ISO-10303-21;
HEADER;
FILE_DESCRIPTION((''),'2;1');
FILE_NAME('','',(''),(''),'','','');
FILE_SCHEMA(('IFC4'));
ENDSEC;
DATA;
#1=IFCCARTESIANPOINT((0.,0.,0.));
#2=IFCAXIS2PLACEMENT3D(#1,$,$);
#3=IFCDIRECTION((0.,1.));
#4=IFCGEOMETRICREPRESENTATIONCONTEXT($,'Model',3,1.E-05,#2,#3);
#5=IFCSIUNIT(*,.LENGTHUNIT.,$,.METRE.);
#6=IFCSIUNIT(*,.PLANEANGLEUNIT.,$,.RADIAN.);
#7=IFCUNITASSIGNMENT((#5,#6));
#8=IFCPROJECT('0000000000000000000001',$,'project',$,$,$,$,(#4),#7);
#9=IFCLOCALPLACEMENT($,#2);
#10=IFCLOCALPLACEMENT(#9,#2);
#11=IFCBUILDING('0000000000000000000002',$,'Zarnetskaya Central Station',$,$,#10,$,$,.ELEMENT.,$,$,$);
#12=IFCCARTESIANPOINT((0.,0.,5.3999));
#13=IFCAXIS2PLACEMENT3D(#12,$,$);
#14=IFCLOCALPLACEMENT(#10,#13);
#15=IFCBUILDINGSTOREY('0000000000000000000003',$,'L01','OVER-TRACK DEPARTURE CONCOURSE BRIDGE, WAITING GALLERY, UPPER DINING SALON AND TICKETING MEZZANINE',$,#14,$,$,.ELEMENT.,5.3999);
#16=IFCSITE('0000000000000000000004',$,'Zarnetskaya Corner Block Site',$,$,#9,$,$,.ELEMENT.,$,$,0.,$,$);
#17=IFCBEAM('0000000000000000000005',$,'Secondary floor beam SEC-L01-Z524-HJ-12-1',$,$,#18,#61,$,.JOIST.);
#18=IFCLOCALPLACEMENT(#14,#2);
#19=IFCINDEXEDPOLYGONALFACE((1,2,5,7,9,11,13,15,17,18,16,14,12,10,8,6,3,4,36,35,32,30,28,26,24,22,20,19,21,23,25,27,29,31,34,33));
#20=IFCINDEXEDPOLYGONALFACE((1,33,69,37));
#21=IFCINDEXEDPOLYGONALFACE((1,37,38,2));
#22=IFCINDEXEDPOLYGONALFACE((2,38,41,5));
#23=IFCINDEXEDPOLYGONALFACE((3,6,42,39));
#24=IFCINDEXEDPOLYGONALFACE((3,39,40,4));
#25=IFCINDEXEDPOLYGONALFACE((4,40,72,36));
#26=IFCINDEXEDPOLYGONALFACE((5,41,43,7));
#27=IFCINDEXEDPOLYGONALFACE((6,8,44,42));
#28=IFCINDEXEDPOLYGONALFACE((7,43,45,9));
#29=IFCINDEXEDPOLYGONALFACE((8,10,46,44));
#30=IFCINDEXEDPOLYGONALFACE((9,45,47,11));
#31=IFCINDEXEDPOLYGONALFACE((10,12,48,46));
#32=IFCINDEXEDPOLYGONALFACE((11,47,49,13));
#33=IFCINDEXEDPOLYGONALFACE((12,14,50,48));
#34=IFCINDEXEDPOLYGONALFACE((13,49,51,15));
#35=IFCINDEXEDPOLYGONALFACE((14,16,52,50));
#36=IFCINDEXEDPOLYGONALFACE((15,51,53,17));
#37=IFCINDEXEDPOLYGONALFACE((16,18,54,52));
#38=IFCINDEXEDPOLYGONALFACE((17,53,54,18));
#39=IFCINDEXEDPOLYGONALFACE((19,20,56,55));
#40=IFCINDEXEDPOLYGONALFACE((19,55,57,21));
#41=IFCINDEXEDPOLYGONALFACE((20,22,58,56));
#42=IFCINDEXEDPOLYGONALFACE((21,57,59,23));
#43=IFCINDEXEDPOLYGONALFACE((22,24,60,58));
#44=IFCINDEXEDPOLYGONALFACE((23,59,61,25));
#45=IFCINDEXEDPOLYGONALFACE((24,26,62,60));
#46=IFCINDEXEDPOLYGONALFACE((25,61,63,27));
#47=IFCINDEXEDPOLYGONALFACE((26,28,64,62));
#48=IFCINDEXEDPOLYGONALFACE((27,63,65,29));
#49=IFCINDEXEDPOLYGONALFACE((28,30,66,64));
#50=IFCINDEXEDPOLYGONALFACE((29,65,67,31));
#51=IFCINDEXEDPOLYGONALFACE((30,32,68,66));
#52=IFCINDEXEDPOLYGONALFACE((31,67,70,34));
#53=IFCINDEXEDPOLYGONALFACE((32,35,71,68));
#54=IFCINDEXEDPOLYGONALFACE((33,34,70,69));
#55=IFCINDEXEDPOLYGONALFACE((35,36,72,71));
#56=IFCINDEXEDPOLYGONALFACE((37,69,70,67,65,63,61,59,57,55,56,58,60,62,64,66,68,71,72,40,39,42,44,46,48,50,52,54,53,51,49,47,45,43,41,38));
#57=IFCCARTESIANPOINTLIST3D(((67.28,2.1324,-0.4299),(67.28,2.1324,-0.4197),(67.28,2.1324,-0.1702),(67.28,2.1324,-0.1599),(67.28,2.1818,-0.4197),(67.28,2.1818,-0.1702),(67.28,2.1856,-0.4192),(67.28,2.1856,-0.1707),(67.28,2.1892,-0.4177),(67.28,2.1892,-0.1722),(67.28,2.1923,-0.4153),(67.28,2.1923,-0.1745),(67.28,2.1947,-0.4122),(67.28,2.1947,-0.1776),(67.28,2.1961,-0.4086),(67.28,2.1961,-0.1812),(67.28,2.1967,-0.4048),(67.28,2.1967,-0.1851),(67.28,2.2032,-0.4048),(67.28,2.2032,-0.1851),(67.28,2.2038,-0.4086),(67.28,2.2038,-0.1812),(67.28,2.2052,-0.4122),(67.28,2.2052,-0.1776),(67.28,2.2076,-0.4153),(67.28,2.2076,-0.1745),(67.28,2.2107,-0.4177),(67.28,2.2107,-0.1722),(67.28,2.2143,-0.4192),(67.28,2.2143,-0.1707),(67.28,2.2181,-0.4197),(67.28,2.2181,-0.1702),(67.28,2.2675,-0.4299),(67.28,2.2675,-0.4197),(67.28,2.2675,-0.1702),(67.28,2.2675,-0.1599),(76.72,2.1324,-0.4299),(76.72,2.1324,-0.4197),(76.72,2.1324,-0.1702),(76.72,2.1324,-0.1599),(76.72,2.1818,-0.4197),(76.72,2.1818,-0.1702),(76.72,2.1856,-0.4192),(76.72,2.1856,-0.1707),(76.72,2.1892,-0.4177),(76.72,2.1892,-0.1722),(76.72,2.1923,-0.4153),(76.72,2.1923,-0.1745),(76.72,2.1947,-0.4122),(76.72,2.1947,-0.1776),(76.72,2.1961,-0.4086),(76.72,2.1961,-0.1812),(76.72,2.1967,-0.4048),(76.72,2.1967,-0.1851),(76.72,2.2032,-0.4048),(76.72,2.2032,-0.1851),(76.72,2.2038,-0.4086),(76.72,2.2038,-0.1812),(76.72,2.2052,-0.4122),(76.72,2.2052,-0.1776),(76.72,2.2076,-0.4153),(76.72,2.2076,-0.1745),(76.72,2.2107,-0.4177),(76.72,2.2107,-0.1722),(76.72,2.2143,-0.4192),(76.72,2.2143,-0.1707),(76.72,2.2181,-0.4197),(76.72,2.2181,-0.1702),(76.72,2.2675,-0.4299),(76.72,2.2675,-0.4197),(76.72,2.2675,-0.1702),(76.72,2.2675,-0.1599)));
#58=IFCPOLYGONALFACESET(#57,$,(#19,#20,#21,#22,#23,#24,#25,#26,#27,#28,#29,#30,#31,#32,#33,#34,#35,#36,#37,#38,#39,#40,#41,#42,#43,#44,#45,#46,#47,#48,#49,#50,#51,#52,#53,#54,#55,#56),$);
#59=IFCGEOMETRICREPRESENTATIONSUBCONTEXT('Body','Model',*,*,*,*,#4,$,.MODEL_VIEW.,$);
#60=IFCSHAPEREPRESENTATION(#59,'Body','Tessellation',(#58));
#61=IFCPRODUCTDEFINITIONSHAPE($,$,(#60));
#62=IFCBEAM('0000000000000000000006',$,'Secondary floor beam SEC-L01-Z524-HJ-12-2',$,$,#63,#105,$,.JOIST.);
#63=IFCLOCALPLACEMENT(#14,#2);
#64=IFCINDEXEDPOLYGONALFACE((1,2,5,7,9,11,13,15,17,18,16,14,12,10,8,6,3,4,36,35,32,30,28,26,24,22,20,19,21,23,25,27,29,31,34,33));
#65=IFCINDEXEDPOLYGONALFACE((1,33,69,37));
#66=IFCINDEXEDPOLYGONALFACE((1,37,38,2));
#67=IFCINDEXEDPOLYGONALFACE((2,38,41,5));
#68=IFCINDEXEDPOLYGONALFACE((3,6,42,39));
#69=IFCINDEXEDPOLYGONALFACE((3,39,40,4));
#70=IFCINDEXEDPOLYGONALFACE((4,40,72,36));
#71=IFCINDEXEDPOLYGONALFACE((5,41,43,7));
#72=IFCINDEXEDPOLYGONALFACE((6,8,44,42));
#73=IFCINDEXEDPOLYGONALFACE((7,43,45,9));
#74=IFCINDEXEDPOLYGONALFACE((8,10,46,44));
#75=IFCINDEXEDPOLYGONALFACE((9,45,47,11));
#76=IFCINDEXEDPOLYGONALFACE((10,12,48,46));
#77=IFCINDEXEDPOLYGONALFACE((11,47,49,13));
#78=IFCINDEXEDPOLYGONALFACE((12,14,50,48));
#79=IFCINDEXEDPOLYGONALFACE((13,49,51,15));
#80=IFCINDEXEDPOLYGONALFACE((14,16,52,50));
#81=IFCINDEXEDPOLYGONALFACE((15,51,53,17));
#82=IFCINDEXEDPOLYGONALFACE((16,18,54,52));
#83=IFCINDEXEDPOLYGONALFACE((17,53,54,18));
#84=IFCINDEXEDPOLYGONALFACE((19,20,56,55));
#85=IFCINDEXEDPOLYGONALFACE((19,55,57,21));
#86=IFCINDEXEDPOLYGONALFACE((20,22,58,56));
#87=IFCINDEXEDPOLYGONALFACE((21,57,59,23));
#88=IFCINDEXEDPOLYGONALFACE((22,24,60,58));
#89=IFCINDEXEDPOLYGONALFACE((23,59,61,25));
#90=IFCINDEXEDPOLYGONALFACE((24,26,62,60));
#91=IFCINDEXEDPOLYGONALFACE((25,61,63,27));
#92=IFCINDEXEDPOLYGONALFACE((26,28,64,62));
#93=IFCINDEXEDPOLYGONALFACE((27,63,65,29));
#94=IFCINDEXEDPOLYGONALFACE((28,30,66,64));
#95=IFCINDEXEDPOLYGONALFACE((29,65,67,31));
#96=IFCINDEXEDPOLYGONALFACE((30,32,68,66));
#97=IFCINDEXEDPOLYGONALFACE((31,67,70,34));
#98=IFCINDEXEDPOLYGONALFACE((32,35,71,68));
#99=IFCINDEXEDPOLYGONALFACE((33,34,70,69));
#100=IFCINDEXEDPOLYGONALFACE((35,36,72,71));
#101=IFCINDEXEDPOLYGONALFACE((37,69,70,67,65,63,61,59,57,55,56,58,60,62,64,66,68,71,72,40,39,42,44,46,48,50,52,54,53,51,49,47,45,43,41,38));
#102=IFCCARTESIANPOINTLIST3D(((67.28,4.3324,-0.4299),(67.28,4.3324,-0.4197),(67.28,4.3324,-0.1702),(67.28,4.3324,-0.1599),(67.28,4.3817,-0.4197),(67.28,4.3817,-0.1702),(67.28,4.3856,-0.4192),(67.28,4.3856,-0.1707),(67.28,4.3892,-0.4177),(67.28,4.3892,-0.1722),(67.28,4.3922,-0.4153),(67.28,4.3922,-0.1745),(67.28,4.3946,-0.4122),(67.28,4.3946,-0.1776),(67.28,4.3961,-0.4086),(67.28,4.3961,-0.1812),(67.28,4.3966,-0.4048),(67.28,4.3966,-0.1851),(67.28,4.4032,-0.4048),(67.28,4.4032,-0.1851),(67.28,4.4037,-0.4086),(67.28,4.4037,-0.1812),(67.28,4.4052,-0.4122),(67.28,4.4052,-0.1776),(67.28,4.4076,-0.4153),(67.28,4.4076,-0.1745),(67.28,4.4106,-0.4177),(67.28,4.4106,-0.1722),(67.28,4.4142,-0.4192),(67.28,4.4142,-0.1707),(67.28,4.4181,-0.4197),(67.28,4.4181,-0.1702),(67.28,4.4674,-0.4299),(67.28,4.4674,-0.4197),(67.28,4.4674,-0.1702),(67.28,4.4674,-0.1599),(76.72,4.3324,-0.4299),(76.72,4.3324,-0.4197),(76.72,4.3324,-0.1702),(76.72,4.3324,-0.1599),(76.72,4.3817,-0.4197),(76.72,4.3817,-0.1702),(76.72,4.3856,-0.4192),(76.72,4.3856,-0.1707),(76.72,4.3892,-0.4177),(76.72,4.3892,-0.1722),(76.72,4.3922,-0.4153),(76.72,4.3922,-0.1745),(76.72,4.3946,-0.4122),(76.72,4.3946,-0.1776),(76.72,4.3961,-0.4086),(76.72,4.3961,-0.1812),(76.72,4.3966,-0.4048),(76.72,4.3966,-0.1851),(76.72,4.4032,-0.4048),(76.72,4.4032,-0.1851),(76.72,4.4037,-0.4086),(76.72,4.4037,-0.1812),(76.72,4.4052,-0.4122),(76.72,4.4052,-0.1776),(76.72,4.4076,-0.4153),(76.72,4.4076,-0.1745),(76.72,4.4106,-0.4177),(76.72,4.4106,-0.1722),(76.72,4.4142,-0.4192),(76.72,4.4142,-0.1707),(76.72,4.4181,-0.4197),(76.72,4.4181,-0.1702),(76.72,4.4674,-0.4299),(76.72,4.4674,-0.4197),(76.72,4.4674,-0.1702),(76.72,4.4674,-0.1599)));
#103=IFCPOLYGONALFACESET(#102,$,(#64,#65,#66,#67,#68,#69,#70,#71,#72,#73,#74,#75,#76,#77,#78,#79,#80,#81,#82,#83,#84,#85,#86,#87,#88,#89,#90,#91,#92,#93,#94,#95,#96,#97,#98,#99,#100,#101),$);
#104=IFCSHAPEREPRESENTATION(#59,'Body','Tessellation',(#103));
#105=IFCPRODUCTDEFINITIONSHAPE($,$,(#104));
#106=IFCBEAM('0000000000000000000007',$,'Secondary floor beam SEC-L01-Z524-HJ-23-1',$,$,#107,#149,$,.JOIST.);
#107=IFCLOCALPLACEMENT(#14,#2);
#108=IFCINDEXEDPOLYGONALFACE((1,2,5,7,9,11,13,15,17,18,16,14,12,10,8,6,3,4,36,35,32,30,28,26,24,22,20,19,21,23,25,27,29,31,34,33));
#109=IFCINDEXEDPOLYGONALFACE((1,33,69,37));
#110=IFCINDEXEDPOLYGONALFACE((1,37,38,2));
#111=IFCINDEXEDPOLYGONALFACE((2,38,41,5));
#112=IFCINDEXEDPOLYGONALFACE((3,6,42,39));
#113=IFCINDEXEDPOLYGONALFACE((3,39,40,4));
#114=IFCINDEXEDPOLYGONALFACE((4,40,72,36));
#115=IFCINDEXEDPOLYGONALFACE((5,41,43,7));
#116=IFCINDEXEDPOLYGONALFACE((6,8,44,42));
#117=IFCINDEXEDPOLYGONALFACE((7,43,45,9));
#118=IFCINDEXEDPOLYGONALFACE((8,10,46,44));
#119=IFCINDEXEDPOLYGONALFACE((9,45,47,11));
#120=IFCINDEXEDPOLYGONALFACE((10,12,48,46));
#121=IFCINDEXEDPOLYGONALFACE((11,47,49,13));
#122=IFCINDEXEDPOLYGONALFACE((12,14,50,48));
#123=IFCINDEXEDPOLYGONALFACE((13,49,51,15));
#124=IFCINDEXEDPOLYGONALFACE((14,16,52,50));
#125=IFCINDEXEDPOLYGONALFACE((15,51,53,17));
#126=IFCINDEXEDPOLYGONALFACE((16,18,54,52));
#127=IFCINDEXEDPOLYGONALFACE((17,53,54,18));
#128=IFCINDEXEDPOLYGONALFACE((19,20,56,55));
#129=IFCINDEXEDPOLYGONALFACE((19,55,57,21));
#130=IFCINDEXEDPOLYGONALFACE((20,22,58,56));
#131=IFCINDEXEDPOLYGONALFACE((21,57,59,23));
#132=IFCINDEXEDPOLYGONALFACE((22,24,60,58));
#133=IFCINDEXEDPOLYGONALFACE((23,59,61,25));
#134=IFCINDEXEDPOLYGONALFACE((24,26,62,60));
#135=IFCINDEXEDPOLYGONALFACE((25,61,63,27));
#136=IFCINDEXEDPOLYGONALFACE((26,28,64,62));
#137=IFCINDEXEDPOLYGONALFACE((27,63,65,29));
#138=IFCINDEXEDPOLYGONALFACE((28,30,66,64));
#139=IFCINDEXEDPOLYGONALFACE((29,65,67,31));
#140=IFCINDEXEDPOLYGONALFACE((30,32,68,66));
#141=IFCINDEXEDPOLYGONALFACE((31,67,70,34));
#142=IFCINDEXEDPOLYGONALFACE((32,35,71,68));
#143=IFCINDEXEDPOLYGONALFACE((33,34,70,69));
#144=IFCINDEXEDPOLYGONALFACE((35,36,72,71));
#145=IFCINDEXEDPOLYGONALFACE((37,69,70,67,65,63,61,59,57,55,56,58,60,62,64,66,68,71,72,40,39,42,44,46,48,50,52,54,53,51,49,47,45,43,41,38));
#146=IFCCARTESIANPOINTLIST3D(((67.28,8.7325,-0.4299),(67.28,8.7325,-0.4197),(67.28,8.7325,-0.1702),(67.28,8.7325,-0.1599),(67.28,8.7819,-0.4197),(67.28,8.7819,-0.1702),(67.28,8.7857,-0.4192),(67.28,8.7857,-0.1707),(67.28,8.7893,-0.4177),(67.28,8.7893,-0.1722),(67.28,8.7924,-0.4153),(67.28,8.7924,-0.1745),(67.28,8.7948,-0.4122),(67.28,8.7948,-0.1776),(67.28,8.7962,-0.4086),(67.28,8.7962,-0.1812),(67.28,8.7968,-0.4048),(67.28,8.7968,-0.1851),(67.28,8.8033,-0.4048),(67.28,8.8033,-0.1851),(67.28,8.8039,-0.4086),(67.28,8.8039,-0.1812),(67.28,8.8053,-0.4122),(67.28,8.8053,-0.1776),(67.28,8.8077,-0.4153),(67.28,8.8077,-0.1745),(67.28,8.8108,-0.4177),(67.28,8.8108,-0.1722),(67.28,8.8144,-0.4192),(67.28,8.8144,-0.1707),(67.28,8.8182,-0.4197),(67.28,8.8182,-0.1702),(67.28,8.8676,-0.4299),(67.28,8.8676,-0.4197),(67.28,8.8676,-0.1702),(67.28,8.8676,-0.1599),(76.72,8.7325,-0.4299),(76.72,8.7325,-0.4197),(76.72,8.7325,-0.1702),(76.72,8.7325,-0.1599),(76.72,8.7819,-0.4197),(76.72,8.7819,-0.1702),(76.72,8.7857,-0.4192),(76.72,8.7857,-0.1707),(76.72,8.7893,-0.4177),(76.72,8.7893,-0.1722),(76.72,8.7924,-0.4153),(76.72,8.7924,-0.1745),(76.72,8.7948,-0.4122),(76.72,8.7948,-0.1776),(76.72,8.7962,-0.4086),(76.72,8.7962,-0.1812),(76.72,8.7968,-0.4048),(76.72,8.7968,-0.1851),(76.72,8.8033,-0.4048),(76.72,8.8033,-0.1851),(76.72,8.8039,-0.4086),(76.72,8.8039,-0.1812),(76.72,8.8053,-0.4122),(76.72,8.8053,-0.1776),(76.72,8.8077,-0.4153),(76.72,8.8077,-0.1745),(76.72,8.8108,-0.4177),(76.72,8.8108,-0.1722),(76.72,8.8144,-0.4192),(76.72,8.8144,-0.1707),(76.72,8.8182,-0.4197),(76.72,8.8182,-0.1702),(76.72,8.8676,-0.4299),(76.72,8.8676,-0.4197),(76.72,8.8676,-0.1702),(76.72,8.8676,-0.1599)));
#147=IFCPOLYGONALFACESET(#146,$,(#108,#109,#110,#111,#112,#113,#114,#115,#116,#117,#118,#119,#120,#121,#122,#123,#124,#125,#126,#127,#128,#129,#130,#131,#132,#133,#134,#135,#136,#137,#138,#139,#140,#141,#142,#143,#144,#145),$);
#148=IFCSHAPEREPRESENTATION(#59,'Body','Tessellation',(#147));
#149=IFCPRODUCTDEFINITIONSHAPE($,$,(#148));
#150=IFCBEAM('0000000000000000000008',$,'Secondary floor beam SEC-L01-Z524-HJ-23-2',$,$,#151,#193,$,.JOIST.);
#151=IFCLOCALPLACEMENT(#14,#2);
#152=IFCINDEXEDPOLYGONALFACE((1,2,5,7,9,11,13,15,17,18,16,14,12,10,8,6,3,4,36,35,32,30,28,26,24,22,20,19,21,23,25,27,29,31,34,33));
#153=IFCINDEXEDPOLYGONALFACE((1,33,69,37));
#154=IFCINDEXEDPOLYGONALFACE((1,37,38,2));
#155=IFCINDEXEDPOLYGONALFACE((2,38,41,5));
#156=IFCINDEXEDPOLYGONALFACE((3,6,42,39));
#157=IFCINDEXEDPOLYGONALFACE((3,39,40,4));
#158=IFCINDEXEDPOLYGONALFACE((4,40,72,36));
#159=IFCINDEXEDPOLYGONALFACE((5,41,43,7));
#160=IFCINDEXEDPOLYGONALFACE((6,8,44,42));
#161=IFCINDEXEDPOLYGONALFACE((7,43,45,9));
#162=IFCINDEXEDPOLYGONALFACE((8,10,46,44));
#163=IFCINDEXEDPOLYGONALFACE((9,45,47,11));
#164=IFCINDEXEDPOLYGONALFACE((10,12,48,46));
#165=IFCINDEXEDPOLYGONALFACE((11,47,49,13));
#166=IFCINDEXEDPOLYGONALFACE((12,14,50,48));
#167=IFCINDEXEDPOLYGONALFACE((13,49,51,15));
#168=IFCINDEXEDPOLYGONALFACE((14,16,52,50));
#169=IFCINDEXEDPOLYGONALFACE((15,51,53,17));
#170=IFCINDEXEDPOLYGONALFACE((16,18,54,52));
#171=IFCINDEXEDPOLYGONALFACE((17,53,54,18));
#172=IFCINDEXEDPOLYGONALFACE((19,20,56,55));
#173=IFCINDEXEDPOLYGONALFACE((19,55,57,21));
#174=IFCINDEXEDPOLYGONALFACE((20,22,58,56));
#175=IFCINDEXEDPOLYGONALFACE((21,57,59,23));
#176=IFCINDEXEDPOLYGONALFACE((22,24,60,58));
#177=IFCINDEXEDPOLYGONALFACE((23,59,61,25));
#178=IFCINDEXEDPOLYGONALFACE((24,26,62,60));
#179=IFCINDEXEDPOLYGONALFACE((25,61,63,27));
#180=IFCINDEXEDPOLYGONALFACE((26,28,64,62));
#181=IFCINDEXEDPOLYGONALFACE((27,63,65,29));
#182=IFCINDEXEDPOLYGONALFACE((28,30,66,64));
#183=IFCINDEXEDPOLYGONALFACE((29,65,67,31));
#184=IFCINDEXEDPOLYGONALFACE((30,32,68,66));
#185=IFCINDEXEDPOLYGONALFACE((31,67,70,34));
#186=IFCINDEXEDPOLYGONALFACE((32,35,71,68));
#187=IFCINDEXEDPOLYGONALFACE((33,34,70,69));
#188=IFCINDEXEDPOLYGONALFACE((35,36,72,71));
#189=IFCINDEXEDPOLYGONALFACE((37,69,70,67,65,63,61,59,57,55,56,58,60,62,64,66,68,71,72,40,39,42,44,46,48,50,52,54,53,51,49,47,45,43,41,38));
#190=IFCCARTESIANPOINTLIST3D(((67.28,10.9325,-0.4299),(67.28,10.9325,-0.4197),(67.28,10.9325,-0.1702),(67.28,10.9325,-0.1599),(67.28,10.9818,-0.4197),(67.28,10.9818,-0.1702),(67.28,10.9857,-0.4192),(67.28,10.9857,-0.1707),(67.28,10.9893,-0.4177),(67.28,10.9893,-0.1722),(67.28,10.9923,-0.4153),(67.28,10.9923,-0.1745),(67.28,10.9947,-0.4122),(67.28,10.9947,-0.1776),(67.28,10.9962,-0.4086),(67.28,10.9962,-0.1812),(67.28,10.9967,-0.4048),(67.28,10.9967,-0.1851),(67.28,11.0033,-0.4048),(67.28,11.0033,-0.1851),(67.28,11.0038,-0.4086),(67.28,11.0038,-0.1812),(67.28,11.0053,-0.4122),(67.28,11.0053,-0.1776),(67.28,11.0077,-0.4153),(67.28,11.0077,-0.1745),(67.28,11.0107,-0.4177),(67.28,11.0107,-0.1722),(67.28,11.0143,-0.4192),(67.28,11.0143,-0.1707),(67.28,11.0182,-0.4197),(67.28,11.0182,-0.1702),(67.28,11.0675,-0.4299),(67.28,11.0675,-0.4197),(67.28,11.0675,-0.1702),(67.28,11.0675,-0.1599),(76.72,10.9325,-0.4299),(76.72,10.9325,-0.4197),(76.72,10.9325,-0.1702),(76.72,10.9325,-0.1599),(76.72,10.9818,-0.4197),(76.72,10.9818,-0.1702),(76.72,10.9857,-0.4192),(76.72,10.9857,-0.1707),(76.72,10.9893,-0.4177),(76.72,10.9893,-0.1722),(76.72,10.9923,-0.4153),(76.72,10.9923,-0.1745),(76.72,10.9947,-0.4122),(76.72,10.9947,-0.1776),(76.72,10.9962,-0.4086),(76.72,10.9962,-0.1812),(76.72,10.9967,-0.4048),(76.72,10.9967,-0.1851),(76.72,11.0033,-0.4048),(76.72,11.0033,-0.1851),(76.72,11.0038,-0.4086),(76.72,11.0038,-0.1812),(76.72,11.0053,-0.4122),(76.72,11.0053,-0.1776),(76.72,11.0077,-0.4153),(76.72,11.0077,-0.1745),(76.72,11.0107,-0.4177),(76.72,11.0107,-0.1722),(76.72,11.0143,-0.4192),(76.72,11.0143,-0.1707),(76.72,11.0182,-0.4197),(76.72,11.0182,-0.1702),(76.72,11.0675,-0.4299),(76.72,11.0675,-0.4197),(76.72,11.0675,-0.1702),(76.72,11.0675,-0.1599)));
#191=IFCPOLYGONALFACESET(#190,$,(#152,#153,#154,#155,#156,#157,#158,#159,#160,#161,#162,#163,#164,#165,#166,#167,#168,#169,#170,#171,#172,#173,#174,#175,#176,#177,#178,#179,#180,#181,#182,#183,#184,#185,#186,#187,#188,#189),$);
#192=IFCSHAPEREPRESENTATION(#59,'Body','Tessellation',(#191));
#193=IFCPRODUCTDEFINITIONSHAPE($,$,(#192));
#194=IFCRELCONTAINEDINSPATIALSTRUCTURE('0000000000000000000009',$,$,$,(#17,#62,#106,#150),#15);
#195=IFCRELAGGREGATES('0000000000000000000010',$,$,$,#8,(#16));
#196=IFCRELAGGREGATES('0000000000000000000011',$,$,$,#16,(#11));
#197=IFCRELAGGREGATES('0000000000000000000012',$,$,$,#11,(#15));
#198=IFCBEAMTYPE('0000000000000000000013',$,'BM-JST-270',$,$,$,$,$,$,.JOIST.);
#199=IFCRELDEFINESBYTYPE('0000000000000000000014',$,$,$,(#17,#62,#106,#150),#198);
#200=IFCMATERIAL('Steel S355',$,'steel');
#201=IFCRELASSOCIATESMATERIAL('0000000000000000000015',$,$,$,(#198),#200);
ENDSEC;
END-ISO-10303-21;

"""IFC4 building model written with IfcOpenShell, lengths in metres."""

from ifc_helpers import new_model, si_unit, direction, frame, origin, origin_2d, place, context, subcontext, project, spatial, i_section, extrude, material, material_profile, profile_set, type_object, element, save


model = new_model("IFC4")

# Units and contexts
model_context = context("Model", 3, precision=1e-05, world=origin(), true_north=direction((0.0, 1.0)))
body_context = subcontext(model_context, "Body", "Model", "MODEL_VIEW")
ifc_project = project(units=[si_unit("LENGTHUNIT", "METRE"), si_unit("PLANEANGLEUNIT", "RADIAN")], contexts=[model_context])

# Site, building, storey
site_placement = place(None, origin())
site = spatial("IfcSite", under=ifc_project, at=site_placement, Name="Zarnetskaya Corner Block Site", CompositionType="ELEMENT", RefElevation=0.0)
building_placement = place(site_placement, origin())
building = spatial("IfcBuilding", under=site, at=building_placement, Name="Zarnetskaya Central Station", CompositionType="ELEMENT")
storey_placement = place(building_placement, frame((0.0, 0.0, 5.3999)))
storey = spatial("IfcBuildingStorey", under=building, at=storey_placement, Name="L01", Description="OVER-TRACK DEPARTURE CONCOURSE BRIDGE, WAITING GALLERY, UPPER DINING SALON AND TICKETING MEZZANINE", CompositionType="ELEMENT", Elevation=5.3999)

# Beams
ifc_material_1 = material(Name="Steel S355", Category="steel")
ifc_material_profile_1 = material_profile(ifc_material_1, i_section(OverallWidth=0.135, OverallDepth=0.27, WebThickness=0.0066, FlangeThickness=0.0103, FilletRadius=0.0149, at=origin_2d()), Name="IPE 270")
ifc_profile_set_1 = profile_set([ifc_material_profile_1], Name="Steel S355")
beam_type_1 = type_object("IfcBeamType", Name="BM-JST-270", PredefinedType="JOIST", material=ifc_profile_set_1)
for number, where, z_axis, x_axis, name in (
    (1, (67.28, 2.2, -0.2949), (1.0, 0.0, 0.0), (0.0, 1.0, 0.0), "Secondary floor beam SEC-L01-Z524-HJ-12-1"),
    (2, (67.28, 4.3999, -0.2949), (1.0, 0.0, 0.0), (0.0, 1.0, 0.0), "Secondary floor beam SEC-L01-Z524-HJ-12-2"),
    (3, (67.28, 8.8, -0.2949), (1.0, 0.0, 0.0), (0.0, 1.0, 0.0), "Secondary floor beam SEC-L01-Z524-HJ-23-1"),
    (4, (67.28, 11.0, -0.2949), (1.0, 0.0, 0.0), (0.0, 1.0, 0.0), "Secondary floor beam SEC-L01-Z524-HJ-23-2"),
):
    element("IfcBeam", number, at=place(storey_placement, frame(where, z_axis=z_axis, x_axis=x_axis)), inside=storey, type_object=beam_type_1, Name=name, PredefinedType="JOIST", context=body_context, shape_type="SweptSolid", body=[
        extrude(i_section(OverallWidth=0.135, OverallDepth=0.27, WebThickness=0.0066, FlangeThickness=0.0103, FilletRadius=0.0149, at=origin_2d()), origin(), (0.0, 0.0, 1.0), 9.4399),
    ])

save(model, "model.ifc")
